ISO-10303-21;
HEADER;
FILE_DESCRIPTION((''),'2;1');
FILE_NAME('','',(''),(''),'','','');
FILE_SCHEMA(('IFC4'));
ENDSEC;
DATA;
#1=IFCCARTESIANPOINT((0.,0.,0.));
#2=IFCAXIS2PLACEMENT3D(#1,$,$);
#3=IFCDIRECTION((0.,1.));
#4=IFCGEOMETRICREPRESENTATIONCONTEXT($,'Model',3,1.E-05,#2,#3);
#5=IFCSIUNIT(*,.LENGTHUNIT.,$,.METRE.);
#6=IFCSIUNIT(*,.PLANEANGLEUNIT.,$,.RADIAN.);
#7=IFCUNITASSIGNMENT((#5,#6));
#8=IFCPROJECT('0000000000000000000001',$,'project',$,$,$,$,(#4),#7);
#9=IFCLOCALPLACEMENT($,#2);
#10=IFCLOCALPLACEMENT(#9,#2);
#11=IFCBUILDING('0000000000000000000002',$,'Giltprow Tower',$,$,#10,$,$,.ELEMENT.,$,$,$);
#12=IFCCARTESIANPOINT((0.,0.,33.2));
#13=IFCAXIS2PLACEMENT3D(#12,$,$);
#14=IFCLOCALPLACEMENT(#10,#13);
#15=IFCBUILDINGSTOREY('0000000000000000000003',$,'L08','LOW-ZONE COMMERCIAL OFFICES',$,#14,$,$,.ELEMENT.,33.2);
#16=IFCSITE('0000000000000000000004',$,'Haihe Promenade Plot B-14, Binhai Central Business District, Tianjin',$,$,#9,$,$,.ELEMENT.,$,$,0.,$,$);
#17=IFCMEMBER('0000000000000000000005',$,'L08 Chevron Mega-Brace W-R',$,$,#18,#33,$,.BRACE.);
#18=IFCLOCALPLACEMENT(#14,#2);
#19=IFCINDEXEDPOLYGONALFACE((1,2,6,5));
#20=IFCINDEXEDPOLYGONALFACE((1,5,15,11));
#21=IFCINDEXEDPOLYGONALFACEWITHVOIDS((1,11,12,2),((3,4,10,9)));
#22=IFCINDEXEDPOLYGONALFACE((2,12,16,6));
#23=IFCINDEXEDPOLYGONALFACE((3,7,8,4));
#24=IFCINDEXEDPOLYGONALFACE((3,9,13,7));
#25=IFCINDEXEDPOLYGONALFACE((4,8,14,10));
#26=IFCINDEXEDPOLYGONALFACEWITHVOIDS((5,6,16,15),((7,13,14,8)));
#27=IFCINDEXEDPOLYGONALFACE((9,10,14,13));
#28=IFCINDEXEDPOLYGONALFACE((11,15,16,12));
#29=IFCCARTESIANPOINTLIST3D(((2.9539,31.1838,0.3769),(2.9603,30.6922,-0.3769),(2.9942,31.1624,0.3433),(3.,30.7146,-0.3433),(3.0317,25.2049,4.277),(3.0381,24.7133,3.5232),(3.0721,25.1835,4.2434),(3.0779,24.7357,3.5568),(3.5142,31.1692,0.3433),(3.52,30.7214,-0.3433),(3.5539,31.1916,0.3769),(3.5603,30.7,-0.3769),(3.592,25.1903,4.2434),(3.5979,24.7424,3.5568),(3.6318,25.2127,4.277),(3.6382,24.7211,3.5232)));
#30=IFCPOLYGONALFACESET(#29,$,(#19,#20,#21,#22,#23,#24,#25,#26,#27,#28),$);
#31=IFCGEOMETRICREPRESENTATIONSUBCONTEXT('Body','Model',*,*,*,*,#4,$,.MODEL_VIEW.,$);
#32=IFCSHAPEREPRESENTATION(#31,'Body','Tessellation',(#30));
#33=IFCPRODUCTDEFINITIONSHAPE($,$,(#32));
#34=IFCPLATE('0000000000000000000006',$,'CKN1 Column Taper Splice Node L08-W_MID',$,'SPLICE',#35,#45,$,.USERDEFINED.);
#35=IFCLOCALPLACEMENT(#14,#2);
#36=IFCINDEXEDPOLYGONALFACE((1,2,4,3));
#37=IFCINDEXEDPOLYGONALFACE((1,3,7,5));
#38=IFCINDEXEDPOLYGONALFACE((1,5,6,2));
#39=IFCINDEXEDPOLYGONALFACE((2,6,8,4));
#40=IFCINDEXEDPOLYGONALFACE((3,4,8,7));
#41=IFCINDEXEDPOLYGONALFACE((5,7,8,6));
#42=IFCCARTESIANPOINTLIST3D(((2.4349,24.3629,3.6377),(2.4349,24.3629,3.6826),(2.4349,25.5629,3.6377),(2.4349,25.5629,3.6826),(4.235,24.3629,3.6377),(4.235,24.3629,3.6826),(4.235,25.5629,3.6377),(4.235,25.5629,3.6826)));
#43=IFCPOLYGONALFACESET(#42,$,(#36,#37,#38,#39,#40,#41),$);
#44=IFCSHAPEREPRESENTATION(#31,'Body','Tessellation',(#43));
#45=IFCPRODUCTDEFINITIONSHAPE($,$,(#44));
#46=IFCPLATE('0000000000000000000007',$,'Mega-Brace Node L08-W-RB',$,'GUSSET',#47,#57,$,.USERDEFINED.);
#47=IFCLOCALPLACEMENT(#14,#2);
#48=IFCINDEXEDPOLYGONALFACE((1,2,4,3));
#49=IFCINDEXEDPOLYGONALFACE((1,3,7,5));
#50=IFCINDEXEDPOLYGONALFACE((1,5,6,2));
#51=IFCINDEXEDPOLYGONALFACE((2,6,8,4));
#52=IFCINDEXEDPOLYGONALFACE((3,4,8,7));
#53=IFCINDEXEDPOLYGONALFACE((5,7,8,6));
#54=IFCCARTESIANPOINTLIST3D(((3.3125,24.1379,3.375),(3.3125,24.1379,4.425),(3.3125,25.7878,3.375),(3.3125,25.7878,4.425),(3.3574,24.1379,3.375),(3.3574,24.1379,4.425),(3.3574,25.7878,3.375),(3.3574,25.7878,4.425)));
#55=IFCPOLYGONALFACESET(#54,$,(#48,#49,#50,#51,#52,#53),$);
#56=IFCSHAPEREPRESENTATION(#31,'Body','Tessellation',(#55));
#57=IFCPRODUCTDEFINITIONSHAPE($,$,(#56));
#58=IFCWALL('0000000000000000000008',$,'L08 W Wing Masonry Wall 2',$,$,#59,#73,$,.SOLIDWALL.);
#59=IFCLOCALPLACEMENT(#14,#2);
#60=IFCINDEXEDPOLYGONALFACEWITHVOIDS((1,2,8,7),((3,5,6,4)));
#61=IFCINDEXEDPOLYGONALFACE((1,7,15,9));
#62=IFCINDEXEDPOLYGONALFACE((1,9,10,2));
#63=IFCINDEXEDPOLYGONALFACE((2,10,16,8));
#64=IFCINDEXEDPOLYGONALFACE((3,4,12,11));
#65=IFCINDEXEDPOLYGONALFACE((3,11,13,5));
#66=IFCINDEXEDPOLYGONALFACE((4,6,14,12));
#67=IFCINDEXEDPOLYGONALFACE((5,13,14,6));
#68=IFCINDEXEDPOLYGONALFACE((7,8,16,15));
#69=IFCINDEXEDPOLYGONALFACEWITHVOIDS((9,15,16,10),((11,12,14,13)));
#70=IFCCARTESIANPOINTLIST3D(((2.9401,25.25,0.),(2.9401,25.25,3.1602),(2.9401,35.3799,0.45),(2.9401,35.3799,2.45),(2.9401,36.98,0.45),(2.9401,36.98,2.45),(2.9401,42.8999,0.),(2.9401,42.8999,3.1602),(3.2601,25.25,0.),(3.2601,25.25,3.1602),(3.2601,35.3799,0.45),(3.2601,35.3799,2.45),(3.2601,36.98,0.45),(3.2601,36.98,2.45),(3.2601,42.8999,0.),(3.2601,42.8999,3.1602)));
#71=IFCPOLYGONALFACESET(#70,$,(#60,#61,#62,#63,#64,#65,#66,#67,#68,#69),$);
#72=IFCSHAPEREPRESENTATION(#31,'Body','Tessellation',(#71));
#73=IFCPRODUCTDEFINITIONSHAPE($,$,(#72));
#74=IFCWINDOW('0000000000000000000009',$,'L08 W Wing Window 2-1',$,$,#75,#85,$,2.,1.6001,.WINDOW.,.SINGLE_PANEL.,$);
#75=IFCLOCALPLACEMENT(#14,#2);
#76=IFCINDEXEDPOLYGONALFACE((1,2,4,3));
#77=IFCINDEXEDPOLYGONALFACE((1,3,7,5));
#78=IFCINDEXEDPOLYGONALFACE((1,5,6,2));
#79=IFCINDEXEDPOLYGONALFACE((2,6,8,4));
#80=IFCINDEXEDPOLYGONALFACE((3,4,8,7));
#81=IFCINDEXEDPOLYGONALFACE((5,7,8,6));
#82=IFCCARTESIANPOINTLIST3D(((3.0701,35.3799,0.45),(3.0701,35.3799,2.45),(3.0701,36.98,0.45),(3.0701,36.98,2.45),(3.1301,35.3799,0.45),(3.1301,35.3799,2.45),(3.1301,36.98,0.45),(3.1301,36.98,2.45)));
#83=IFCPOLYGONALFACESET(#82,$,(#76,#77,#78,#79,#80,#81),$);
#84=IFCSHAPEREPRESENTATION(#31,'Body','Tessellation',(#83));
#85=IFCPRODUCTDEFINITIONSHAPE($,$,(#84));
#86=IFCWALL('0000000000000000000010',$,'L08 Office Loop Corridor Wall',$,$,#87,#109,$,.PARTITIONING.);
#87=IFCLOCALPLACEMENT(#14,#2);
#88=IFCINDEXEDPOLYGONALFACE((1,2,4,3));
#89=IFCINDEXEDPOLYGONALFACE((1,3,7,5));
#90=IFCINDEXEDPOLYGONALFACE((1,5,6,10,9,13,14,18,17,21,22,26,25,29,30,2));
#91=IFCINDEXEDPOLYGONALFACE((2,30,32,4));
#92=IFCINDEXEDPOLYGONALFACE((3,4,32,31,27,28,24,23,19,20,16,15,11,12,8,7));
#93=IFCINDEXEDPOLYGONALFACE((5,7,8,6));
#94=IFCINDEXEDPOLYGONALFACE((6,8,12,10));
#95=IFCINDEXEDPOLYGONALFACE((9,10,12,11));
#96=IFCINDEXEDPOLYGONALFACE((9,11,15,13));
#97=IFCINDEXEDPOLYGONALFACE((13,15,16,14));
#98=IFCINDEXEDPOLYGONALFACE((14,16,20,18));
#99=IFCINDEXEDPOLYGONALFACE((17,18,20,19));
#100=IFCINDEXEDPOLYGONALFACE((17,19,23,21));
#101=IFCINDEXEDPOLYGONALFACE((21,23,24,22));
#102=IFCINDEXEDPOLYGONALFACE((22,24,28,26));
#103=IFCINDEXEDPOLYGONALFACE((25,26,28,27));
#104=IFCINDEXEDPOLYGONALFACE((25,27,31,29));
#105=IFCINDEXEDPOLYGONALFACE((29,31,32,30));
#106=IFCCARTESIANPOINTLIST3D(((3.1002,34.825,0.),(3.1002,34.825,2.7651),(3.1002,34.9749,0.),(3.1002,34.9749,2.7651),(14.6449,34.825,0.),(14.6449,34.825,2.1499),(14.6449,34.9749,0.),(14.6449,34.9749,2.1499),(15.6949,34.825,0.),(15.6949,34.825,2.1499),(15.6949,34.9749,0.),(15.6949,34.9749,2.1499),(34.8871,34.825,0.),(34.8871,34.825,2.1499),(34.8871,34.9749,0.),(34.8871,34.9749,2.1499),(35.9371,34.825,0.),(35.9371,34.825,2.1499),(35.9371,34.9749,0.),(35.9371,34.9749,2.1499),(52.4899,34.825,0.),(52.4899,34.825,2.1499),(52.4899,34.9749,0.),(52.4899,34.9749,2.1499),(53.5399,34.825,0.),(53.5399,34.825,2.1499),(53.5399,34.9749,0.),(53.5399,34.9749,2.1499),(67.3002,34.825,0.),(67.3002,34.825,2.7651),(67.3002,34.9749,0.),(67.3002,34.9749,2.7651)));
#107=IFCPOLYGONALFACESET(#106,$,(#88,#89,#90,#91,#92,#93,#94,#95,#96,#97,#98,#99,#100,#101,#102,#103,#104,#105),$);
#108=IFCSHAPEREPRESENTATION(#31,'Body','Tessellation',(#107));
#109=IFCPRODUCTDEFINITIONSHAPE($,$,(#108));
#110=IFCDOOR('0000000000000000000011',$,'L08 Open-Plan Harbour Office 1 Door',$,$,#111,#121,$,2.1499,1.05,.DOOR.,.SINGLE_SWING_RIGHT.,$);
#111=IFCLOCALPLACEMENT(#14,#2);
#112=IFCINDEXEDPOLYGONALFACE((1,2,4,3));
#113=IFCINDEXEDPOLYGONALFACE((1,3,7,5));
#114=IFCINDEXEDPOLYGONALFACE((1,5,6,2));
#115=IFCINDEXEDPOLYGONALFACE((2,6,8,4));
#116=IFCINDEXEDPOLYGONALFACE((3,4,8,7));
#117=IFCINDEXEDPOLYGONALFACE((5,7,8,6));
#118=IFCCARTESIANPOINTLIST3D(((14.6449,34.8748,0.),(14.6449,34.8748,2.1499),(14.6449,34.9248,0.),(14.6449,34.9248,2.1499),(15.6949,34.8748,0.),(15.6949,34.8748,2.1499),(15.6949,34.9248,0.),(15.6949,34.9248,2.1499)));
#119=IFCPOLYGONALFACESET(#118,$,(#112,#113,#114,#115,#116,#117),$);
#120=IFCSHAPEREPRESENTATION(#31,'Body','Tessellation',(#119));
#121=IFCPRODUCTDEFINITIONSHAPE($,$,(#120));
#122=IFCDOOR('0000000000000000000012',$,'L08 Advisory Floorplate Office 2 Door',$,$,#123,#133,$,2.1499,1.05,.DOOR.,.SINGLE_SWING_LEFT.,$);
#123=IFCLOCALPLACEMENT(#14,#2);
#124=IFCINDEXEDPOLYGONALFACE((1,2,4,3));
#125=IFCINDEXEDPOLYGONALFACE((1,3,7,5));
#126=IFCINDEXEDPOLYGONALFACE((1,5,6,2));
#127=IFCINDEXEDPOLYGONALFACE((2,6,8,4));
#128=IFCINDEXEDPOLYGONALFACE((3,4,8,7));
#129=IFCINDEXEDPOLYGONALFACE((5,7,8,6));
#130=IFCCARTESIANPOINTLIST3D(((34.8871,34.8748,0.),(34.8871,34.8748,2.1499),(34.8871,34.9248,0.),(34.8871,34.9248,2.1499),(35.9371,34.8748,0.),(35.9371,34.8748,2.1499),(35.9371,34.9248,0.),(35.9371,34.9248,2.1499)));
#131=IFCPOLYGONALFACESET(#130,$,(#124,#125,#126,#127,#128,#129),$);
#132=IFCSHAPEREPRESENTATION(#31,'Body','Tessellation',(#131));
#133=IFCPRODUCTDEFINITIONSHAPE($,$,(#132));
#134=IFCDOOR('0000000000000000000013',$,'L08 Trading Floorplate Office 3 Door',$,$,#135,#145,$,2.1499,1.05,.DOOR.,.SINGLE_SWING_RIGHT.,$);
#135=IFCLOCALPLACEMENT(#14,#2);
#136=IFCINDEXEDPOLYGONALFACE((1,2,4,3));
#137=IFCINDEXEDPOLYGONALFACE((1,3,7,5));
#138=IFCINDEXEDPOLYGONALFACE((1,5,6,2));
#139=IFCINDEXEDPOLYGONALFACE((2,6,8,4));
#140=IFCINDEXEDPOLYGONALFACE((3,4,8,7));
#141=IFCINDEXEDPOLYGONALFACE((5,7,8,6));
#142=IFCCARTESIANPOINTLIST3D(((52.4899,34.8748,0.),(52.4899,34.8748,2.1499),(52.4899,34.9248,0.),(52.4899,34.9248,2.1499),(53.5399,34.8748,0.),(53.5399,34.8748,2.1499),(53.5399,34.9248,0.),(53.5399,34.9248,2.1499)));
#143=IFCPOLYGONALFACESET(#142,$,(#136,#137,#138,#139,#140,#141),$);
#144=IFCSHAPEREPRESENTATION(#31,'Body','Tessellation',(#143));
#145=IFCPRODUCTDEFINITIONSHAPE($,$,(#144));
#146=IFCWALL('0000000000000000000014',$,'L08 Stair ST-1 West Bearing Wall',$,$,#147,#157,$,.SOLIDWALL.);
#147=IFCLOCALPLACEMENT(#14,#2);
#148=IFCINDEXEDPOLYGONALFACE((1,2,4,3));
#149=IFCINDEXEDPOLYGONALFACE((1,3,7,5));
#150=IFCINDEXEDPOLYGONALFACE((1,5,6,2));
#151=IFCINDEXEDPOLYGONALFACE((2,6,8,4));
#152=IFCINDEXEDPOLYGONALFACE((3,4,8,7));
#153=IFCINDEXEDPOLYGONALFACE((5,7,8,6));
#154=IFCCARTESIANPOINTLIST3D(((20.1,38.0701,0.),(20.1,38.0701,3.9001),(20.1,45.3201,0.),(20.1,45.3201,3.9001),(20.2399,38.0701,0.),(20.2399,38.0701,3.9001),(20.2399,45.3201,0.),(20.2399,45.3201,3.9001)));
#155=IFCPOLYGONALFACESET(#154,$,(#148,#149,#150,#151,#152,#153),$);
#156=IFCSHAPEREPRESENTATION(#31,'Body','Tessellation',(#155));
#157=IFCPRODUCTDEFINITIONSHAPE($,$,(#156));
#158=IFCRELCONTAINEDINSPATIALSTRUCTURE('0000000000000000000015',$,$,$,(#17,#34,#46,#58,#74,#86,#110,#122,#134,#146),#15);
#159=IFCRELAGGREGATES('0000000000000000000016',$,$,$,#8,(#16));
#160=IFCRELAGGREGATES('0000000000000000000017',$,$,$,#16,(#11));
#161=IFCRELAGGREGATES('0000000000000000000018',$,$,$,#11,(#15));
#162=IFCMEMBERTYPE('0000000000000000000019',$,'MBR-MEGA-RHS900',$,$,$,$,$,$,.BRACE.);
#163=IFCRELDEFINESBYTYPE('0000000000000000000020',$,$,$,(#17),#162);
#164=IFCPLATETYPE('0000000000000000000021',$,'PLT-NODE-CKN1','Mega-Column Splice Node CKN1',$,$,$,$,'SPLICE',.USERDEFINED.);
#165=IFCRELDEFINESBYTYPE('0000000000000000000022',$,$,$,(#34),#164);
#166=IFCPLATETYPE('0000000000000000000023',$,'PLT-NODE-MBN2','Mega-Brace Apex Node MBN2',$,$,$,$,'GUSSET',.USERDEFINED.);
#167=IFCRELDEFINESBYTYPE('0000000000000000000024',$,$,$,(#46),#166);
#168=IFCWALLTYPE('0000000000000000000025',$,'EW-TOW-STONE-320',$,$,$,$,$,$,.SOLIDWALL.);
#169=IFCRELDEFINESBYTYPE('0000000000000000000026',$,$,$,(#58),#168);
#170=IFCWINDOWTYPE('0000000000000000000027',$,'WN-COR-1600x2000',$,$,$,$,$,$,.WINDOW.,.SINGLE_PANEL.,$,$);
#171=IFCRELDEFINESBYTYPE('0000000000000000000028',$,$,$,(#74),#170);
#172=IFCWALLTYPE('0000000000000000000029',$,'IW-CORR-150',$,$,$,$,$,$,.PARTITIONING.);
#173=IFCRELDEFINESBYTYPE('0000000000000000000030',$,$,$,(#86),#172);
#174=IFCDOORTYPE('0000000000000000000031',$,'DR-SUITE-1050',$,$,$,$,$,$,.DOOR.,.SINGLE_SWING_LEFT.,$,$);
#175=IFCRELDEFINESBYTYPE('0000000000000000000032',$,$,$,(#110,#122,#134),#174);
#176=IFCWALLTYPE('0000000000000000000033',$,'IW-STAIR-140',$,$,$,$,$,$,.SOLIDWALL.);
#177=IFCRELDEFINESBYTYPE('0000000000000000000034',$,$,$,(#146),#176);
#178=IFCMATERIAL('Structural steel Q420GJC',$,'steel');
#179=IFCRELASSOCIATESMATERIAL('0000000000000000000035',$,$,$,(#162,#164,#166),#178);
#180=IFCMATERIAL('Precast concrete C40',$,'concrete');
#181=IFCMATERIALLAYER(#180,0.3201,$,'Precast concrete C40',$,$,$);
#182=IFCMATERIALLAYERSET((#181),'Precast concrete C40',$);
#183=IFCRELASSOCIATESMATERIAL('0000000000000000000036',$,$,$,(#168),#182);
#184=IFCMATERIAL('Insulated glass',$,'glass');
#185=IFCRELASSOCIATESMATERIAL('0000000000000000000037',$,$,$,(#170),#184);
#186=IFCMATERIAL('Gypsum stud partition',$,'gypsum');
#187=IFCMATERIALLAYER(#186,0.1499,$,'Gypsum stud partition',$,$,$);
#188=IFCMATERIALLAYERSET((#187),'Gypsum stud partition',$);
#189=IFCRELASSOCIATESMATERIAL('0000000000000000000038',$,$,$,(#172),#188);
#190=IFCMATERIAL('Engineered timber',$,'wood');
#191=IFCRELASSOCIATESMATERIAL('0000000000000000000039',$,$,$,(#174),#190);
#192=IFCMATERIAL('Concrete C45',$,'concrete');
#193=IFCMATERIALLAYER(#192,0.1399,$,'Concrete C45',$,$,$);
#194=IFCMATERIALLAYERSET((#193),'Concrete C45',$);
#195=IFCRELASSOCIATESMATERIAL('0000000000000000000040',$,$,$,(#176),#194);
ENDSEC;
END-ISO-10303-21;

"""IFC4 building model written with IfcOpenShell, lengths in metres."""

from ifc_helpers import new_model, si_unit, direction, frame, frame_2d, origin, origin_2d, place, context, subcontext, project, spatial, rectangle, hollow_rectangle, extrude, source, transform, mapped, material, layer, layer_set, material_profile, profile_set, type_object, element, fill, save


model = new_model("IFC4")

# Units and contexts
model_context = context("Model", 3, precision=1e-05, world=origin(), true_north=direction((0.0, 1.0)))
body_context = subcontext(model_context, "Body", "Model", "MODEL_VIEW")
ifc_project = project(units=[si_unit("LENGTHUNIT", "METRE"), si_unit("PLANEANGLEUNIT", "RADIAN")], contexts=[model_context])

# Site, building, storey
site_placement = place(None, origin())
site = spatial("IfcSite", under=ifc_project, at=site_placement, Name="Haihe Promenade Plot B-14, Binhai Central Business District, Tianjin", CompositionType="ELEMENT", RefElevation=0.0)
building_placement = place(site_placement, origin())
building = spatial("IfcBuilding", under=site, at=building_placement, Name="Giltprow Tower", CompositionType="ELEMENT")
storey_placement = place(building_placement, frame((0.0, 0.0, 33.2)))
storey = spatial("IfcBuildingStorey", under=building, at=storey_placement, Name="L08", Description="LOW-ZONE COMMERCIAL OFFICES", CompositionType="ELEMENT", Elevation=33.2)

# Shared definitions
ifc_material_1 = material(Name="Structural steel Q420GJC", Category="steel")

# Member
ifc_material_profile_1 = material_profile(ifc_material_1, hollow_rectangle(XDim=0.6001, YDim=0.8999, WallThickness=0.04, at=origin_2d()), Name="RHS 900x600x40")
ifc_profile_set_1 = profile_set([ifc_material_profile_1], Name="Structural steel Q420GJC")
member_type = type_object("IfcMemberType", Name="MBR-MEGA-RHS900", PredefinedType="BRACE", material=ifc_profile_set_1)
shared_shape_1 = source(origin(), body_context, "Body", "SweptSolid", [
    extrude(hollow_rectangle(XDim=0.6001, YDim=0.8999, WallThickness=0.04, at=origin_2d()), origin(), (0.0, 0.0, 1.0), 7.1389),
])
member_placement = place(storey_placement, frame((3.2571, 30.9419, 0.0), z_axis=(0.010909, -0.83751, 0.546314), x_axis=(0.999915, 0.013025, 0.0)))
element("IfcMember", 1, at=member_placement, inside=storey, type_object=member_type, Name="L08 Chevron Mega-Brace W-R", PredefinedType="BRACE", context=body_context, shape_type="MappedRepresentation", body=[
    mapped(shared_shape_1, transform((0.0, 0.0, 0.0), x_axis=(1.0, 0.0, 0.0), y_axis=(0.0, 1.0, 0.0), z_axis=(0.0, 0.0, 1.0), scale=1.0)),
])

# Plates
plate_type_1 = type_object("IfcPlateType", Name="PLT-NODE-CKN1", Description="Mega-Column Splice Node CKN1", ElementType="SPLICE", PredefinedType="USERDEFINED", material=ifc_material_1)
shared_shape_2 = source(origin(), body_context, "Body", "SweptSolid", [
    extrude(rectangle(XDim=1.8, YDim=1.2, at=origin_2d()), origin(), (0.0, 0.0, 1.0), 0.0449),
])
plate_1_placement = place(storey_placement, frame((3.335, 24.9629, 3.6377), z_axis=(0.0, 0.0, 1.0), x_axis=(1.0, 0.0, 0.0)))
element("IfcPlate", 2, at=plate_1_placement, inside=storey, type_object=plate_type_1, Name="CKN1 Column Taper Splice Node L08-W_MID", ObjectType="SPLICE", PredefinedType="USERDEFINED", context=body_context, shape_type="MappedRepresentation", body=[
    mapped(shared_shape_2, transform((0.0, 0.0, 0.0), x_axis=(1.0, 0.0, 0.0), y_axis=(0.0, 1.0, 0.0), z_axis=(0.0, 0.0, 1.0), scale=1.0)),
])
plate_type_2 = type_object("IfcPlateType", Name="PLT-NODE-MBN2", Description="Mega-Brace Apex Node MBN2", ElementType="GUSSET", PredefinedType="USERDEFINED", material=ifc_material_1)
shared_shape_3 = source(origin(), body_context, "Body", "SweptSolid", [
    extrude(rectangle(XDim=1.6499, YDim=0.0449, at=origin_2d()), origin(), (0.0, 0.0, 1.0), 1.05),
])
plate_2_placement = place(storey_placement, frame((3.335, 24.9629, 3.375), z_axis=(0.0, 0.0, 1.0), x_axis=(0.0, 1.0, 0.0)))
element("IfcPlate", 3, at=plate_2_placement, inside=storey, type_object=plate_type_2, Name="Mega-Brace Node L08-W-RB", ObjectType="GUSSET", PredefinedType="USERDEFINED", context=body_context, shape_type="MappedRepresentation", body=[
    mapped(shared_shape_3, transform((0.0, 0.0, 0.0), x_axis=(1.0, 0.0, 0.0), y_axis=(0.0, 1.0, 0.0), z_axis=(0.0, 0.0, 1.0), scale=1.0)),
])

# Wall, opening, window
ifc_material_2 = material(Name="Precast concrete C40", Category="concrete")
ifc_layer_1 = layer(ifc_material_2, 0.3201, Name="Precast concrete C40")
ifc_layer_set_1 = layer_set([ifc_layer_1], Name="Precast concrete C40")
wall_type_1 = type_object("IfcWallType", Name="EW-TOW-STONE-320", PredefinedType="SOLIDWALL", material=ifc_layer_set_1)
wall_1_placement = place(storey_placement, frame((3.1001, 25.25, 0.0), z_axis=(0.0, 0.0, 1.0), x_axis=(0.0, 1.0, 0.0)))
wall_1 = element("IfcWall", 4, at=wall_1_placement, inside=storey, type_object=wall_type_1, Name="L08 W Wing Masonry Wall 2", PredefinedType="SOLIDWALL", context=body_context, shape_type="SweptSolid", body=[
    extrude(rectangle(XDim=17.6499, YDim=0.3201, at=frame_2d((8.825, 0.0))), origin(), (0.0, 0.0, 1.0), 3.1602),
])
opening_1_placement = place(wall_1_placement, frame((10.1299, 0.0, 0.45)))
opening_1 = element("IfcOpeningElement", 5, at=opening_1_placement, cuts=wall_1, PredefinedType="OPENING", context=body_context, shape_type="SweptSolid", body=[
    extrude(rectangle(XDim=1.6001, YDim=2.0, at=frame_2d((0.8, 1.0))), frame((0.0, 0.1699, 0.0), z_axis=(0.0, -1.0, 0.0), x_axis=(1.0, 0.0, 0.0)), (0.0, 0.0, 1.0), 0.3401),
])
ifc_material_3 = material(Name="Insulated glass", Category="glass")
window_type = type_object("IfcWindowType", Name="WN-COR-1600x2000", PartitioningType="SINGLE_PANEL", PredefinedType="WINDOW", material=ifc_material_3)
shared_shape_4 = source(origin(), body_context, "Body", "SweptSolid", [
    extrude(rectangle(XDim=1.6001, YDim=2.0, at=frame_2d((0.8, 1.0))), frame((0.0, 0.03, 0.0), z_axis=(0.0, -1.0, 0.0), x_axis=(1.0, 0.0, 0.0)), (0.0, 0.0, 1.0), 0.0601),
])
window_placement = place(opening_1_placement, origin())
window = element("IfcWindow", 6, at=window_placement, inside=storey, type_object=window_type, Name="L08 W Wing Window 2-1", OverallHeight=2.0, OverallWidth=1.6001, PartitioningType="SINGLE_PANEL", PredefinedType="WINDOW", context=body_context, shape_type="MappedRepresentation", body=[
    mapped(shared_shape_4, transform((0.0, 0.0, 0.0), x_axis=(1.0, 0.0, 0.0), y_axis=(0.0, 1.0, 0.0), z_axis=(0.0, 0.0, 1.0), scale=1.0)),
])
fill(opening_1, window)

# Wall, openings, doors
ifc_material_4 = material(Name="Gypsum stud partition", Category="gypsum")
ifc_layer_2 = layer(ifc_material_4, 0.1499, Name="Gypsum stud partition")
ifc_layer_set_2 = layer_set([ifc_layer_2], Name="Gypsum stud partition")
wall_type_2 = type_object("IfcWallType", Name="IW-CORR-150", PredefinedType="PARTITIONING", material=ifc_layer_set_2)
wall_2_placement = place(storey_placement, frame((3.1001, 34.8999, 0.0), z_axis=(0.0, 0.0, 1.0), x_axis=(1.0, 0.0, 0.0)))
wall_2 = element("IfcWall", 7, at=wall_2_placement, inside=storey, type_object=wall_type_2, Name="L08 Office Loop Corridor Wall", PredefinedType="PARTITIONING", context=body_context, shape_type="SweptSolid", body=[
    extrude(rectangle(XDim=64.2, YDim=0.1499, at=frame_2d((32.1001, 0.0))), origin(), (0.0, 0.0, 1.0), 2.7651),
])
opening_2_placement = place(wall_2_placement, frame((11.5449, 0.0, 0.0)))
opening_2 = element("IfcOpeningElement", 8, at=opening_2_placement, cuts=wall_2, PredefinedType="OPENING", context=body_context, shape_type="SweptSolid", body=[
    extrude(rectangle(XDim=1.05, YDim=2.1499, at=frame_2d((0.5249, 1.075))), frame((0.0, 0.085, 0.0), z_axis=(0.0, -1.0, 0.0), x_axis=(1.0, 0.0, 0.0)), (0.0, 0.0, 1.0), 0.1699),
])
opening_3_placement = place(wall_2_placement, frame((31.7871, 0.0, 0.0)))
opening_3 = element("IfcOpeningElement", 9, at=opening_3_placement, cuts=wall_2, PredefinedType="OPENING", context=body_context, shape_type="SweptSolid", body=[
    extrude(rectangle(XDim=1.05, YDim=2.1499, at=frame_2d((0.5249, 1.075))), frame((0.0, 0.085, 0.0), z_axis=(0.0, -1.0, 0.0), x_axis=(1.0, 0.0, 0.0)), (0.0, 0.0, 1.0), 0.1699),
])
opening_4_placement = place(wall_2_placement, frame((49.3899, 0.0, 0.0)))
opening_4 = element("IfcOpeningElement", 10, at=opening_4_placement, cuts=wall_2, PredefinedType="OPENING", context=body_context, shape_type="SweptSolid", body=[
    extrude(rectangle(XDim=1.05, YDim=2.1499, at=frame_2d((0.5249, 1.075))), frame((0.0, 0.085, 0.0), z_axis=(0.0, -1.0, 0.0), x_axis=(1.0, 0.0, 0.0)), (0.0, 0.0, 1.0), 0.1699),
])
ifc_material_5 = material(Name="Engineered timber", Category="wood")
door_type_1 = type_object("IfcDoorType", Name="DR-SUITE-1050", OperationType="SINGLE_SWING_LEFT", PredefinedType="DOOR", material=ifc_material_5)
shared_shape_5 = source(origin(), body_context, "Body", "SweptSolid", [
    extrude(rectangle(XDim=1.05, YDim=2.1499, at=frame_2d((0.5249, 1.075))), frame((0.0, 0.0249, 0.0), z_axis=(0.0, -1.0, 0.0), x_axis=(1.0, 0.0, 0.0)), (0.0, 0.0, 1.0), 0.05),
])
door_1_placement = place(opening_2_placement, origin())
door_1 = element("IfcDoor", 11, at=door_1_placement, inside=storey, type_object=door_type_1, Name="L08 Open-Plan Harbour Office 1 Door", OperationType="SINGLE_SWING_RIGHT", OverallHeight=2.1499, OverallWidth=1.05, PredefinedType="DOOR", context=body_context, shape_type="MappedRepresentation", body=[
    mapped(shared_shape_5, transform((0.0, 0.0, 0.0), x_axis=(1.0, 0.0, 0.0), y_axis=(0.0, 1.0, 0.0), z_axis=(0.0, 0.0, 1.0), scale=1.0)),
])
fill(opening_2, door_1)
door_2_placement = place(opening_3_placement, origin())
door_2 = element("IfcDoor", 12, at=door_2_placement, inside=storey, type_object=door_type_1, Name="L08 Advisory Floorplate Office 2 Door", OperationType="SINGLE_SWING_LEFT", OverallHeight=2.1499, OverallWidth=1.05, PredefinedType="DOOR", context=body_context, shape_type="MappedRepresentation", body=[
    mapped(shared_shape_5, transform((0.0, 0.0, 0.0), x_axis=(1.0, 0.0, 0.0), y_axis=(0.0, 1.0, 0.0), z_axis=(0.0, 0.0, 1.0), scale=1.0)),
])
fill(opening_3, door_2)
door_3_placement = place(opening_4_placement, origin())
door_3 = element("IfcDoor", 13, at=door_3_placement, inside=storey, type_object=door_type_1, Name="L08 Trading Floorplate Office 3 Door", OperationType="SINGLE_SWING_RIGHT", OverallHeight=2.1499, OverallWidth=1.05, PredefinedType="DOOR", context=body_context, shape_type="MappedRepresentation", body=[
    mapped(shared_shape_5, transform((0.0, 0.0, 0.0), x_axis=(1.0, 0.0, 0.0), y_axis=(0.0, 1.0, 0.0), z_axis=(0.0, 0.0, 1.0), scale=1.0)),
])
fill(opening_4, door_3)

# Wall
ifc_material_6 = material(Name="Concrete C45", Category="concrete")
ifc_layer_3 = layer(ifc_material_6, 0.1399, Name="Concrete C45")
ifc_layer_set_3 = layer_set([ifc_layer_3], Name="Concrete C45")
wall_type_3 = type_object("IfcWallType", Name="IW-STAIR-140", PredefinedType="SOLIDWALL", material=ifc_layer_set_3)
wall_3_placement = place(storey_placement, frame((20.1699, 38.0701, 0.0), z_axis=(0.0, 0.0, 1.0), x_axis=(0.0, 1.0, 0.0)))
element("IfcWall", 14, at=wall_3_placement, inside=storey, type_object=wall_type_3, Name="L08 Stair ST-1 West Bearing Wall", PredefinedType="SOLIDWALL", context=body_context, shape_type="SweptSolid", body=[
    extrude(rectangle(XDim=7.25, YDim=0.1399, at=frame_2d((3.625, 0.0))), origin(), (0.0, 0.0, 1.0), 3.9001),
])

save(model, "model.ifc")
